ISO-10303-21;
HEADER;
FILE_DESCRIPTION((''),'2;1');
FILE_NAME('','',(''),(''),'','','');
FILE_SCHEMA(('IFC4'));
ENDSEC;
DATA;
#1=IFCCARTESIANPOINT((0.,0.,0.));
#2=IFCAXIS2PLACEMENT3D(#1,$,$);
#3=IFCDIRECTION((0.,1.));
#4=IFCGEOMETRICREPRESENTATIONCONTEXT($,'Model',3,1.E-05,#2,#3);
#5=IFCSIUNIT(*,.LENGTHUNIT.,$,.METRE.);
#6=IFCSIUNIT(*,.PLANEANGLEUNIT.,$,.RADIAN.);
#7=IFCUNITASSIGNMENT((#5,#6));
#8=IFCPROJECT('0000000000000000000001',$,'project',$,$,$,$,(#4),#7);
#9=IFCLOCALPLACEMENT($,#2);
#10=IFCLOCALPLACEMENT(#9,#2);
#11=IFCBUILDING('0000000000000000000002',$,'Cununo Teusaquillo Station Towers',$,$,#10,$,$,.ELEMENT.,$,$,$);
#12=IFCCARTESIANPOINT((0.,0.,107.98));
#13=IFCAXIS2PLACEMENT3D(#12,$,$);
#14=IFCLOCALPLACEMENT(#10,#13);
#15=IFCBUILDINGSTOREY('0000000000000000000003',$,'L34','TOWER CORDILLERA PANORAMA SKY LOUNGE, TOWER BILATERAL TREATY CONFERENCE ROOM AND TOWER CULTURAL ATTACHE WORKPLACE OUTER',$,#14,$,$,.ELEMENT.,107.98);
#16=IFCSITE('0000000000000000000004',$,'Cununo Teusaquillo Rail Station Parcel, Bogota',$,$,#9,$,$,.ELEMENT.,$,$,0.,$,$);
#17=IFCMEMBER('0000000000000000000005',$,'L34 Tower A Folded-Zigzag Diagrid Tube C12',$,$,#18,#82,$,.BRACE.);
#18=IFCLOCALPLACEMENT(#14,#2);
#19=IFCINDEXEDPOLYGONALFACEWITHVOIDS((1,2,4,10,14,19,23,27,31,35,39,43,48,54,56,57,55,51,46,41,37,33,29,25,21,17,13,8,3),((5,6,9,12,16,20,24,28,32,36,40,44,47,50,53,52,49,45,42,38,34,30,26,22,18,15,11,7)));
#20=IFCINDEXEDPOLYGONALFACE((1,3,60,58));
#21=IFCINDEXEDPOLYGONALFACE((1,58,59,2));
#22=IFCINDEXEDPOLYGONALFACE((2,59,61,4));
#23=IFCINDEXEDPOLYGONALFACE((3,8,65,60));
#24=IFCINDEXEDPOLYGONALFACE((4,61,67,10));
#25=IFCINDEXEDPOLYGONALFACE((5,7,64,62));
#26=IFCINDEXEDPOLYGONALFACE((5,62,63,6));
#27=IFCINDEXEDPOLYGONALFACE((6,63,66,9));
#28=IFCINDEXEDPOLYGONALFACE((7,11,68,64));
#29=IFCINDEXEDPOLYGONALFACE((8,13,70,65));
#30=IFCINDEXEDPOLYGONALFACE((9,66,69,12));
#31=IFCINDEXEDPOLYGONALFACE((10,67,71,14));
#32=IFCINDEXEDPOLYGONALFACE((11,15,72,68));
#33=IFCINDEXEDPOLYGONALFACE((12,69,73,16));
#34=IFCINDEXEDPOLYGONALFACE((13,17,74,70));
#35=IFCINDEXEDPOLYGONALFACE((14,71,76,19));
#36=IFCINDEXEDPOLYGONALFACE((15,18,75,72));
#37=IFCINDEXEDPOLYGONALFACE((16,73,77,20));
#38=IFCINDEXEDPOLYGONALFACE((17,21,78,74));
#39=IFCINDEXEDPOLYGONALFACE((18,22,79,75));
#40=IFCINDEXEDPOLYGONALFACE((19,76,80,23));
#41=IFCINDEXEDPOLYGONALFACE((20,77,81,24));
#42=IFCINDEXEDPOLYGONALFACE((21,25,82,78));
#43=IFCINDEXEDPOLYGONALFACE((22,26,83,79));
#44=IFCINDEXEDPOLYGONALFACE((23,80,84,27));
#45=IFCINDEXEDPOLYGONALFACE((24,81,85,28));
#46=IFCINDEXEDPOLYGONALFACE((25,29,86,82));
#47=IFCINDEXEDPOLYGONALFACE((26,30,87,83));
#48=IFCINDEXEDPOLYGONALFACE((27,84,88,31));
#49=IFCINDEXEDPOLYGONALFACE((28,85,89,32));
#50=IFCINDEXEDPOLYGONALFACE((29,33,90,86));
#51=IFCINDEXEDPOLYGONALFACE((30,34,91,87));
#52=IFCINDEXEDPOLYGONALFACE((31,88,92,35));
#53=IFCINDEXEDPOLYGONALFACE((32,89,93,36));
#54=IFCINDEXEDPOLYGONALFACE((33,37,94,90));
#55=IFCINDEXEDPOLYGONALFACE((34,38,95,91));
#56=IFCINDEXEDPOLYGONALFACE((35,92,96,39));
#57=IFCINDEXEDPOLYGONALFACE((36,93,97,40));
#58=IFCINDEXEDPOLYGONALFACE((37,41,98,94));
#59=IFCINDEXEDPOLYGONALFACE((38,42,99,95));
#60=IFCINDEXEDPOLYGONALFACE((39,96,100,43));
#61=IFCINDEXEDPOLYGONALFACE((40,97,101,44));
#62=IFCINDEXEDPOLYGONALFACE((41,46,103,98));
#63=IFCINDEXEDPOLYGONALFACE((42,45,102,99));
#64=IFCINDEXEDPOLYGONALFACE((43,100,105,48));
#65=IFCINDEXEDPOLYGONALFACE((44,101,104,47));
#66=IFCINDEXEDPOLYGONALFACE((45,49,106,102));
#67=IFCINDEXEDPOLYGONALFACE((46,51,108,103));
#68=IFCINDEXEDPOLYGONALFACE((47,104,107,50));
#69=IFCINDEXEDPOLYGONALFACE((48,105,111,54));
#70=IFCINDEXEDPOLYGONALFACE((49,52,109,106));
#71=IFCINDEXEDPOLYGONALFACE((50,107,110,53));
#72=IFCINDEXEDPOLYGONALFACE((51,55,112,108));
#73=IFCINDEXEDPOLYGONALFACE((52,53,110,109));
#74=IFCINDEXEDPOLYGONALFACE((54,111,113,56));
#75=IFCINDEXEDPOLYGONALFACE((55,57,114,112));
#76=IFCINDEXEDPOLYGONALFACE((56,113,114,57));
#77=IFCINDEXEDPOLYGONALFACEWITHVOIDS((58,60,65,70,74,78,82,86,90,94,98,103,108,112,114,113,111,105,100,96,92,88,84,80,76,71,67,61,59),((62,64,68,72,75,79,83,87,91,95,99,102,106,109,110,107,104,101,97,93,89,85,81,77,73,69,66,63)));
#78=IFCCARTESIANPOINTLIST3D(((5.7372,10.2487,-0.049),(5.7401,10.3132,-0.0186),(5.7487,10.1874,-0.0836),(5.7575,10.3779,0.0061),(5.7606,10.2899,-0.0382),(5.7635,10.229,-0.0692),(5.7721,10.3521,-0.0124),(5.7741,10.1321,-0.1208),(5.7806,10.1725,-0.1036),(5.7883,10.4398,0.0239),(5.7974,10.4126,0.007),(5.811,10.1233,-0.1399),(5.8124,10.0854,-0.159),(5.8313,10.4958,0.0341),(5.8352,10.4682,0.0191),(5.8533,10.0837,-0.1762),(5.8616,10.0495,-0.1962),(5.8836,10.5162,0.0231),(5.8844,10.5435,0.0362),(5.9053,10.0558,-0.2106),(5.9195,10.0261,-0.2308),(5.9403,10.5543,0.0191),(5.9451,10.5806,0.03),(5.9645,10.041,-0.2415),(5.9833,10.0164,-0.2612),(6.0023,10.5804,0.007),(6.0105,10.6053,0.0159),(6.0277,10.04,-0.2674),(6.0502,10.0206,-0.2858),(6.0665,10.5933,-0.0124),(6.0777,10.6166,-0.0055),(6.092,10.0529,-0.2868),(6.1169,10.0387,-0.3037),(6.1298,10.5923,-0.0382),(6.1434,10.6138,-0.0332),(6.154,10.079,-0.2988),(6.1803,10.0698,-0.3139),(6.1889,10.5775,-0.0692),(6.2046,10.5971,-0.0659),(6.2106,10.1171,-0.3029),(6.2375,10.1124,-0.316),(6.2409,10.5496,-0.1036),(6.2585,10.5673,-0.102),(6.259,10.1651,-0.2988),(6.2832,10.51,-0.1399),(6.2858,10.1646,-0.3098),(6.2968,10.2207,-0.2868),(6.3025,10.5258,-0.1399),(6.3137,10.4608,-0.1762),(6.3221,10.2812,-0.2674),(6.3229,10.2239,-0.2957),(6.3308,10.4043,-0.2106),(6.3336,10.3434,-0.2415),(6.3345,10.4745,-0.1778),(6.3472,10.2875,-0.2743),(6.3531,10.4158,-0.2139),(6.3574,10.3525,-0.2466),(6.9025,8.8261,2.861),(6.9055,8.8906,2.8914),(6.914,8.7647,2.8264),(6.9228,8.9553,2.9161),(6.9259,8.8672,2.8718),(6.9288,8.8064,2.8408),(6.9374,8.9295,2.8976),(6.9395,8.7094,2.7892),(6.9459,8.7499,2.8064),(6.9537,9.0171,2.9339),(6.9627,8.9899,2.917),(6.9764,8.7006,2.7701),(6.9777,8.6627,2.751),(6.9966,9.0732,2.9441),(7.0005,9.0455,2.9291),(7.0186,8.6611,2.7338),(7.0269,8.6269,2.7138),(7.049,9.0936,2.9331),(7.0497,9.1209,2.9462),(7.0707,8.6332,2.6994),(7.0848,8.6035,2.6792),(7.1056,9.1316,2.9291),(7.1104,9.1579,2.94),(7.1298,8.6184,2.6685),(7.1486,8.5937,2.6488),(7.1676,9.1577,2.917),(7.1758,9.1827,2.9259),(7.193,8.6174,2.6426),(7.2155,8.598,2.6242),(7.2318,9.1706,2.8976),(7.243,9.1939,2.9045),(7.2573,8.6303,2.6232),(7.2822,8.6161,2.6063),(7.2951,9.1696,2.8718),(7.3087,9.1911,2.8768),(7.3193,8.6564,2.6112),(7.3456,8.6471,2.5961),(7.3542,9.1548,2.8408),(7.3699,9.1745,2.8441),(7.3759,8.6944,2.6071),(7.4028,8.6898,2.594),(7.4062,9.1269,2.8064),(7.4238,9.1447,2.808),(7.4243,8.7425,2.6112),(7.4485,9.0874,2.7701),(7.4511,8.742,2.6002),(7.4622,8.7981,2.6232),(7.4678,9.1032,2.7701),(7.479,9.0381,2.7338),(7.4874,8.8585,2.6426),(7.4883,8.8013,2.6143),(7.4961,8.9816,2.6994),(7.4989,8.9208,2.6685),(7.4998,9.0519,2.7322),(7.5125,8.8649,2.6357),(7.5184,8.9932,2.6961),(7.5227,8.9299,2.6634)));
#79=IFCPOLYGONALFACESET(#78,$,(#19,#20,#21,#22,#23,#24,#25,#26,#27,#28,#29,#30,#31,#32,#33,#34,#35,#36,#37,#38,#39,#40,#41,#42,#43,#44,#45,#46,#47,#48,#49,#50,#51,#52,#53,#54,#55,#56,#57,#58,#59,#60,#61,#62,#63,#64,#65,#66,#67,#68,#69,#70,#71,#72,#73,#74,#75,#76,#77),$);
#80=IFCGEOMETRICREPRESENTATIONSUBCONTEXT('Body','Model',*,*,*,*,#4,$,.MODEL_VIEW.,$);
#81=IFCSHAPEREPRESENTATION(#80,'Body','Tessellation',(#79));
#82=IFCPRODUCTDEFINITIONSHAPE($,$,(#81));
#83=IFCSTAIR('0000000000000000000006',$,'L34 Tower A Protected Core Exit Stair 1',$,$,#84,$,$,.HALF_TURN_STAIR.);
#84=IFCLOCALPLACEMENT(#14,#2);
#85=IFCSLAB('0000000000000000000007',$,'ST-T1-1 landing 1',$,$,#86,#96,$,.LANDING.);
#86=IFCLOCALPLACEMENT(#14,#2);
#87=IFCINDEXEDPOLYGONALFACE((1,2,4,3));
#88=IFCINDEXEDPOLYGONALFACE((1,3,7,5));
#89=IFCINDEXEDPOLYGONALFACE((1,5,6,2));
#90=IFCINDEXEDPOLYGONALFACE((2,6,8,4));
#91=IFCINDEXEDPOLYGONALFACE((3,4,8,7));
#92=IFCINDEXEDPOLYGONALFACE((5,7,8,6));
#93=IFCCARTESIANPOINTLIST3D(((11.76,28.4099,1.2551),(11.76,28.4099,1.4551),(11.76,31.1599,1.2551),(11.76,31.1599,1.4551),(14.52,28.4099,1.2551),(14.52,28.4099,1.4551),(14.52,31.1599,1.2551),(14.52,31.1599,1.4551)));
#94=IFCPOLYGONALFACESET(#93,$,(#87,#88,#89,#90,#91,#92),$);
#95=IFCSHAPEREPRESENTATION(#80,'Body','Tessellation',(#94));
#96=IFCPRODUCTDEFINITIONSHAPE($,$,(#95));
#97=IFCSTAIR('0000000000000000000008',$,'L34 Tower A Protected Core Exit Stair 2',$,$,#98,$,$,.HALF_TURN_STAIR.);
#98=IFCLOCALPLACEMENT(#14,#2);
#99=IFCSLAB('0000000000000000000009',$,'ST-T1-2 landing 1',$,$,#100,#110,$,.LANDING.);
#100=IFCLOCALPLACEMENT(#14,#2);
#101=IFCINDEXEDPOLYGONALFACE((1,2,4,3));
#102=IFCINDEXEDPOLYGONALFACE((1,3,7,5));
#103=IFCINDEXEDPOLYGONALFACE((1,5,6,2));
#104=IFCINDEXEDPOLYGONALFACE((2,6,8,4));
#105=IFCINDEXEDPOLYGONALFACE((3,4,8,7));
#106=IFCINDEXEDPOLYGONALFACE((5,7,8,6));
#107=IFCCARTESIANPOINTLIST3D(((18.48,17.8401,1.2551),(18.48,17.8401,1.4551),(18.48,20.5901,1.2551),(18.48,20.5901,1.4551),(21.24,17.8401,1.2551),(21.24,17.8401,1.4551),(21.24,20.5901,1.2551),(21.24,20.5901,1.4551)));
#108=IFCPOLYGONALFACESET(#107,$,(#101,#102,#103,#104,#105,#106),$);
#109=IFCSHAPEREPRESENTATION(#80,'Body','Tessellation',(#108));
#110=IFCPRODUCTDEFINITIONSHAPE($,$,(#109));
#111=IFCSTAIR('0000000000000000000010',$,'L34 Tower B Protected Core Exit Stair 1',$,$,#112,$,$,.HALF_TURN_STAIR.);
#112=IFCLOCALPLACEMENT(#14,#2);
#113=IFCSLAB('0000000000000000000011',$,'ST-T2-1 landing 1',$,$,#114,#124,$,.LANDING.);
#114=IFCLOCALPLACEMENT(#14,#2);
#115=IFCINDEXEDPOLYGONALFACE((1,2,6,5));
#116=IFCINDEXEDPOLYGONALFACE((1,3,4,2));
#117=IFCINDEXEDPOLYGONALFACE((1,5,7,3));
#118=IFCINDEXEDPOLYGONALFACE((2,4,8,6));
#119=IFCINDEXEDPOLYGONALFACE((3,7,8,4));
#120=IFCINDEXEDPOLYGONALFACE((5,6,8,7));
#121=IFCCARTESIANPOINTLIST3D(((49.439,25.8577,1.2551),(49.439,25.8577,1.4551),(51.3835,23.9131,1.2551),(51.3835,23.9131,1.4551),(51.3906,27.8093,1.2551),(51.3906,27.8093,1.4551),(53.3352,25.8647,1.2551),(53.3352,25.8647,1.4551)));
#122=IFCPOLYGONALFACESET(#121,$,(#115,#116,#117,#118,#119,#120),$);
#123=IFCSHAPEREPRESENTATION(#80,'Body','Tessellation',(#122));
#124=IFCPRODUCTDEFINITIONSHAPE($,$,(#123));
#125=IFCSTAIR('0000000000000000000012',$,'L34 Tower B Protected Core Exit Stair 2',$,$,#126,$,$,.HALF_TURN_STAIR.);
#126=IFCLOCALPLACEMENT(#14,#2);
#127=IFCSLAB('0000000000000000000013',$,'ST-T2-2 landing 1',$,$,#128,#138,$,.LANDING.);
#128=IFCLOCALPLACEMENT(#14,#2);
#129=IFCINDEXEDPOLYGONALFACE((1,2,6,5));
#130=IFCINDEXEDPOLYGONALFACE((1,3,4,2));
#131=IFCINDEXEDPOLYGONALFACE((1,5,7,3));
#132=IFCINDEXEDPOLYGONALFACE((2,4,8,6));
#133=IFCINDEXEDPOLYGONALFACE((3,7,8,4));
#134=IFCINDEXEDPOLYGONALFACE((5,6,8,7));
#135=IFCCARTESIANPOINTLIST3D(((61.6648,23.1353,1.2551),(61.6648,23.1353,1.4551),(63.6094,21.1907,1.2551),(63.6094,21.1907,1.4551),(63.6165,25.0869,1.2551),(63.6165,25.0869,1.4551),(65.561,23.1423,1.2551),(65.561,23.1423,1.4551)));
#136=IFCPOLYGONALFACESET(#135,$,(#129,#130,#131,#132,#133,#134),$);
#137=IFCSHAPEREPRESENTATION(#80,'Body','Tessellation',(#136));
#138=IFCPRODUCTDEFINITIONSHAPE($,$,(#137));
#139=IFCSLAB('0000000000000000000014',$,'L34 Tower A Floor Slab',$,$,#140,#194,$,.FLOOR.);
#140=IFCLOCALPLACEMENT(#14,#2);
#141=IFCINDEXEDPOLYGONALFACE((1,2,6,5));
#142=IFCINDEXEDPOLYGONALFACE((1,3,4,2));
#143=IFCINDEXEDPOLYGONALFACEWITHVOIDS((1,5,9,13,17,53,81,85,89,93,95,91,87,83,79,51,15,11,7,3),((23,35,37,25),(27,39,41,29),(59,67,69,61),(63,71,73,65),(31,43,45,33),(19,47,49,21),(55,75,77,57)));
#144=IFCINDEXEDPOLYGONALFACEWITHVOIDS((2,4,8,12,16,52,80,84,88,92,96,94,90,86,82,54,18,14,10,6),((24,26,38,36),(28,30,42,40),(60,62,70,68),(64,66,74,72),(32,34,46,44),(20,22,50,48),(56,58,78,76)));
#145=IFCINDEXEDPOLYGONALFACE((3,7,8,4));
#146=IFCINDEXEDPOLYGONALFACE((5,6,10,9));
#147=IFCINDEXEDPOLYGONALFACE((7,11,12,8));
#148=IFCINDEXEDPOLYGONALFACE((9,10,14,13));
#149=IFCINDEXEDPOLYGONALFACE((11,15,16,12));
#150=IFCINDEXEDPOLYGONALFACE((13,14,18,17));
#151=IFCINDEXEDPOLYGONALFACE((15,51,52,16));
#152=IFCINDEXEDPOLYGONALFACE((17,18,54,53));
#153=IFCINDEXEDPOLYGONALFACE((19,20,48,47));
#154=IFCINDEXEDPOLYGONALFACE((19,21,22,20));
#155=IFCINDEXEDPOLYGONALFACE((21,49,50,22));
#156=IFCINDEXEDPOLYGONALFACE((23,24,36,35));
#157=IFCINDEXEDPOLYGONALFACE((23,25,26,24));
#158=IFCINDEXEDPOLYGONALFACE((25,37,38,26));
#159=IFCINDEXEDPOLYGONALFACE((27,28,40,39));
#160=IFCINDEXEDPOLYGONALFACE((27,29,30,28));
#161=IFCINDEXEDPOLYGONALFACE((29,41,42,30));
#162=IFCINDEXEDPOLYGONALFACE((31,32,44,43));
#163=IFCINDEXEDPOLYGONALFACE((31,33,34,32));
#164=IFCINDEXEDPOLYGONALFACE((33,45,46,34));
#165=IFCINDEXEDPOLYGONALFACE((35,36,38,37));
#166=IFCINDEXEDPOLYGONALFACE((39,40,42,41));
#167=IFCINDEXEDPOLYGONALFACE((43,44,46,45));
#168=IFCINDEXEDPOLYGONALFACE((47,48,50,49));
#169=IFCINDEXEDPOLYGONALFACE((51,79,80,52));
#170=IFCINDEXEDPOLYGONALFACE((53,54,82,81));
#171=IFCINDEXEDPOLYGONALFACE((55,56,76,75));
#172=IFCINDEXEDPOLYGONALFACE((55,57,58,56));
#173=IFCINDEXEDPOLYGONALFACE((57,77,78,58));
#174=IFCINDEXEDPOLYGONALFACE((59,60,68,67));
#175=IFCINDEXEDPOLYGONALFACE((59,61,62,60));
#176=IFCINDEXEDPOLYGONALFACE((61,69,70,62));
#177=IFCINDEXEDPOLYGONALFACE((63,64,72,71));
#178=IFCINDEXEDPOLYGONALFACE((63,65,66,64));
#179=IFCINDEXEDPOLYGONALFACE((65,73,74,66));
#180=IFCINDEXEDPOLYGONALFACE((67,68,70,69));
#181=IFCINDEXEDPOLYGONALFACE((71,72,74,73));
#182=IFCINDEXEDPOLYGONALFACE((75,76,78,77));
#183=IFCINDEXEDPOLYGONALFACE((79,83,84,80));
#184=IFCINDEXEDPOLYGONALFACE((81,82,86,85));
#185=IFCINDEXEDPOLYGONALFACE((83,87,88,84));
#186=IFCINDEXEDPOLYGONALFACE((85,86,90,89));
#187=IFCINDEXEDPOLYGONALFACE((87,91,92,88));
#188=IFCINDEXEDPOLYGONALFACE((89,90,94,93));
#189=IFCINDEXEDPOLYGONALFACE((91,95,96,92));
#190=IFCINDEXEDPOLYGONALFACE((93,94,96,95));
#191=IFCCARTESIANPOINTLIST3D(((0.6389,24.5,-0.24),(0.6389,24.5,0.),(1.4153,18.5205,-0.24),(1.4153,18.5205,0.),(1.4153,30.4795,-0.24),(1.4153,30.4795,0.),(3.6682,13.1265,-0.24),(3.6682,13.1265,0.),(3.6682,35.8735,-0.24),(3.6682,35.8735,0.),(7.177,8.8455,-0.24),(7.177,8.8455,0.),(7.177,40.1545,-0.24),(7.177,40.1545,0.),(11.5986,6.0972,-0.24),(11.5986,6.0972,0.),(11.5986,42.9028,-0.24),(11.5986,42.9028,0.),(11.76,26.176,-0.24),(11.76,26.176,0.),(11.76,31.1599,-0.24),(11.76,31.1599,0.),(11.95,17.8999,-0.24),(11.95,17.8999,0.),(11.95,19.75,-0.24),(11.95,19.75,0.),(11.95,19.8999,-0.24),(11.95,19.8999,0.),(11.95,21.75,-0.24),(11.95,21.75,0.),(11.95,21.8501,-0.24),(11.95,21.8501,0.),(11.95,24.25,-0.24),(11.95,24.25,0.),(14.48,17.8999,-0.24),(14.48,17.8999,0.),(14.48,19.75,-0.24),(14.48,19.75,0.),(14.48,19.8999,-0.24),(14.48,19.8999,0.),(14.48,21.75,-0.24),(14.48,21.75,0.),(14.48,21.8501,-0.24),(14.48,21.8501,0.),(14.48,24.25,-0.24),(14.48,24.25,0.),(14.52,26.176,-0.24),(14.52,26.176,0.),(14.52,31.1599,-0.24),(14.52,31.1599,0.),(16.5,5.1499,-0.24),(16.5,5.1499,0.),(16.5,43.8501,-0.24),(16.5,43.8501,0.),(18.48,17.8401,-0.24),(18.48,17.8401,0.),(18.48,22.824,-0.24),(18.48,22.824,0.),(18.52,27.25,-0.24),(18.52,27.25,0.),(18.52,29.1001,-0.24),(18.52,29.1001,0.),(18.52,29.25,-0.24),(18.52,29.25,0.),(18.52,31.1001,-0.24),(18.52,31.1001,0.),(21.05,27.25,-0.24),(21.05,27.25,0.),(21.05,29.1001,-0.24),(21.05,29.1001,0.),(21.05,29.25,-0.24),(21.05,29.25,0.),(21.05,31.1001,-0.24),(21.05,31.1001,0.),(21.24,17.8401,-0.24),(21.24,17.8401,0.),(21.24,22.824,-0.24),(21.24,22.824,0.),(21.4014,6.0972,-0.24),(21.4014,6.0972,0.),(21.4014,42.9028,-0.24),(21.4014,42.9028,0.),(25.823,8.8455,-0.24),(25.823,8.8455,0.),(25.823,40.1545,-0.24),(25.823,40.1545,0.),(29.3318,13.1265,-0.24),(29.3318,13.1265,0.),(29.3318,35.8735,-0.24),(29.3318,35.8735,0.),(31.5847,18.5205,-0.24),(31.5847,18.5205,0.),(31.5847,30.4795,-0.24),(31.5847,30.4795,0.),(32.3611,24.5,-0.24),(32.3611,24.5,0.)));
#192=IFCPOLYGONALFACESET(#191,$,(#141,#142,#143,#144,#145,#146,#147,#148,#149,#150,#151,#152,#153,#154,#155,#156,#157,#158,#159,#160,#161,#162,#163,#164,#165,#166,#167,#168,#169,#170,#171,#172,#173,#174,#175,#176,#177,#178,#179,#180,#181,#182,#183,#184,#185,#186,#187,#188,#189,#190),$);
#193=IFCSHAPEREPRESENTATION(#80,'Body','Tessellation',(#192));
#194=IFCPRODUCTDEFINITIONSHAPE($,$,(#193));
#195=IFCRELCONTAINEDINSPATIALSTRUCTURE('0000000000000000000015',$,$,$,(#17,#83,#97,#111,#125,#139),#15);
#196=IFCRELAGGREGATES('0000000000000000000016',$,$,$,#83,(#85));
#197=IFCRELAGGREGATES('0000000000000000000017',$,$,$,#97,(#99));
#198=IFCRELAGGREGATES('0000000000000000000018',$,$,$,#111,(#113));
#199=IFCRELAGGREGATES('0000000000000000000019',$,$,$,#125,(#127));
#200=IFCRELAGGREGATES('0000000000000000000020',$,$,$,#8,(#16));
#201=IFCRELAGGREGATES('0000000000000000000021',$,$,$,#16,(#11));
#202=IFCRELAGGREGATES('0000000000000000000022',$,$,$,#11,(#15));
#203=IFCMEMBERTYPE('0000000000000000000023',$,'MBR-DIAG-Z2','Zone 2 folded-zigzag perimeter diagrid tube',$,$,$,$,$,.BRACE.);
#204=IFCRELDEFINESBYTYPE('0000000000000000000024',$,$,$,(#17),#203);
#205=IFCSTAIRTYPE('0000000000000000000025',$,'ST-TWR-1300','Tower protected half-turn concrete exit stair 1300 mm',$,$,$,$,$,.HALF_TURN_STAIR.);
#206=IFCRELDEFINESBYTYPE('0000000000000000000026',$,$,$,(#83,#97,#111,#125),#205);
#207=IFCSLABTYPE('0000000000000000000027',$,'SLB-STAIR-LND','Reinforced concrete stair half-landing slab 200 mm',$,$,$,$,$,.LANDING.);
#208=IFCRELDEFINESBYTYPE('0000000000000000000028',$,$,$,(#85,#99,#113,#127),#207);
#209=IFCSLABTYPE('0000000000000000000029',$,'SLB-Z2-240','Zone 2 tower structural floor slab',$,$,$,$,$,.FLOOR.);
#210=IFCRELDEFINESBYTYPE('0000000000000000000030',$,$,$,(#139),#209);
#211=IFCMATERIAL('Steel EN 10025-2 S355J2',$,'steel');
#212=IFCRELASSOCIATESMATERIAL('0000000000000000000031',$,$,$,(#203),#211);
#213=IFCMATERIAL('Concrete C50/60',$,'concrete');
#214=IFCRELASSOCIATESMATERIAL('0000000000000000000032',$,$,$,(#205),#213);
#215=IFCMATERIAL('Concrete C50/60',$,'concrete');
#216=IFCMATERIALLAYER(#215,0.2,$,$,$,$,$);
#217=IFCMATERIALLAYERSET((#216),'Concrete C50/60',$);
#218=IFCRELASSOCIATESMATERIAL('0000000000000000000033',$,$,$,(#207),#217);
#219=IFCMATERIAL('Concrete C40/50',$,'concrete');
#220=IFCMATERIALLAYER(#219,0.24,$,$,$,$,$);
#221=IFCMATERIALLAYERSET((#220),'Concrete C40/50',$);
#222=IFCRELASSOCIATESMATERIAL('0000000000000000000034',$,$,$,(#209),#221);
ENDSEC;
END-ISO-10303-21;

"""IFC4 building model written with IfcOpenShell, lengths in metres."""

from ifc_helpers import new_model, si_unit, direction, frame, origin, origin_2d, place, context, subcontext, project, spatial, polyline, hollow_circle, outline, extrude, material, layer, layer_set, material_profile, profile_set, type_object, element, aggregate, save


model = new_model("IFC4")

# Units and contexts
model_context = context("Model", 3, precision=1e-05, world=origin(), true_north=direction((0.0, 1.0)))
body_context = subcontext(model_context, "Body", "Model", "MODEL_VIEW")
ifc_project = project(units=[si_unit("LENGTHUNIT", "METRE"), si_unit("PLANEANGLEUNIT", "RADIAN")], contexts=[model_context])

# Site, building, storey
site_placement = place(None, origin())
site = spatial("IfcSite", under=ifc_project, at=site_placement, Name="Cununo Teusaquillo Rail Station Parcel, Bogota", CompositionType="ELEMENT", RefElevation=0.0)
building_placement = place(site_placement, origin())
building = spatial("IfcBuilding", under=site, at=building_placement, Name="Cununo Teusaquillo Station Towers", CompositionType="ELEMENT")
storey_placement = place(building_placement, frame((0.0, 0.0, 107.98)))
storey = spatial("IfcBuildingStorey", under=building, at=storey_placement, Name="L34", Description="TOWER CORDILLERA PANORAMA SKY LOUNGE, TOWER BILATERAL TREATY CONFERENCE ROOM AND TOWER CULTURAL ATTACHE WORKPLACE OUTER", CompositionType="ELEMENT", Elevation=107.98)

# Member
ifc_material_1 = material(Name="Steel EN 10025-2 S355J2", Category="steel")
ifc_material_profile_1 = material_profile(ifc_material_1, hollow_circle(Radius=0.3301, WallThickness=0.0249, at=origin_2d()), Name="CHS 660x25")
ifc_profile_set_1 = profile_set([ifc_material_profile_1], Name="Steel EN 10025-2 S355J2")
member_type = type_object("IfcMemberType", Name="MBR-DIAG-Z2", Description="Zone 2 folded-zigzag perimeter diagrid tube", PredefinedType="BRACE", material=ifc_profile_set_1)
member_placement = place(storey_placement, frame((6.0471, 10.3167, -0.1399), z_axis=(0.338521, -0.413275, 0.845345), x_axis=(0.773602, 0.633671, 0.0)))
element("IfcMember", 1, at=member_placement, inside=storey, type_object=member_type, Name="L34 Tower A Folded-Zigzag Diagrid Tube C12", PredefinedType="BRACE", context=body_context, shape_type="SweptSolid", body=[
    extrude(hollow_circle(Radius=0.3301, WallThickness=0.0249, at=origin_2d()), origin(), (0.0, 0.0, 1.0), 3.4424),
])

# Stairs, slabs
ifc_material_2 = material(Name="Concrete C50/60", Category="concrete")
stair_type = type_object("IfcStairType", Name="ST-TWR-1300", Description="Tower protected half-turn concrete exit stair 1300 mm", PredefinedType="HALF_TURN_STAIR", material=ifc_material_2)
stair_1_placement = place(storey_placement, origin())
stair_1 = element("IfcStair", 2, at=stair_1_placement, inside=storey, type_object=stair_type, Name="L34 Tower A Protected Core Exit Stair 1", PredefinedType="HALF_TURN_STAIR")
ifc_material_3 = material(Name="Concrete C50/60", Category="concrete")
ifc_layer_1 = layer(ifc_material_3, 0.2)
ifc_layer_set_1 = layer_set([ifc_layer_1], Name="Concrete C50/60")
slab_type_1 = type_object("IfcSlabType", Name="SLB-STAIR-LND", Description="Reinforced concrete stair half-landing slab 200 mm", PredefinedType="LANDING", material=ifc_layer_set_1)
slab_1_placement = place(storey_placement, frame((0.0, 0.0, 1.2551)))
slab_1 = element("IfcSlab", 3, at=slab_1_placement, type_object=slab_type_1, Name="ST-T1-1 landing 1", PredefinedType="LANDING", context=body_context, shape_type="SweptSolid", body=[
    extrude(outline(polyline([(14.52, 28.4099), (14.52, 31.1599), (11.76, 31.1599), (11.76, 28.4099), (14.52, 28.4099)])), origin(), (0.0, 0.0, 1.0), 0.2),
])
aggregate(stair_1, [slab_1])
stair_2_placement = place(storey_placement, origin())
stair_2 = element("IfcStair", 4, at=stair_2_placement, inside=storey, type_object=stair_type, Name="L34 Tower A Protected Core Exit Stair 2", PredefinedType="HALF_TURN_STAIR")
slab_2_placement = place(storey_placement, frame((0.0, 0.0, 1.2551)))
slab_2 = element("IfcSlab", 5, at=slab_2_placement, type_object=slab_type_1, Name="ST-T1-2 landing 1", PredefinedType="LANDING", context=body_context, shape_type="SweptSolid", body=[
    extrude(outline(polyline([(18.48, 20.5901), (18.48, 17.8401), (21.24, 17.8401), (21.24, 20.5901), (18.48, 20.5901)])), origin(), (0.0, 0.0, 1.0), 0.2),
])
aggregate(stair_2, [slab_2])
stair_3_placement = place(storey_placement, origin())
stair_3 = element("IfcStair", 6, at=stair_3_placement, inside=storey, type_object=stair_type, Name="L34 Tower B Protected Core Exit Stair 1", PredefinedType="HALF_TURN_STAIR")
slab_3_placement = place(storey_placement, frame((0.0, 0.0, 1.2551)))
slab_3 = element("IfcSlab", 7, at=slab_3_placement, type_object=slab_type_1, Name="ST-T2-1 landing 1", PredefinedType="LANDING", context=body_context, shape_type="SweptSolid", body=[
    extrude(outline(polyline([(53.3352, 25.8647), (51.3906, 27.8093), (49.439, 25.8577), (51.3835, 23.9131), (53.3352, 25.8647)])), origin(), (0.0, 0.0, 1.0), 0.2),
])
aggregate(stair_3, [slab_3])
stair_4_placement = place(storey_placement, origin())
stair_4 = element("IfcStair", 8, at=stair_4_placement, inside=storey, type_object=stair_type, Name="L34 Tower B Protected Core Exit Stair 2", PredefinedType="HALF_TURN_STAIR")
slab_4_placement = place(storey_placement, frame((0.0, 0.0, 1.2551)))
slab_4 = element("IfcSlab", 9, at=slab_4_placement, type_object=slab_type_1, Name="ST-T2-2 landing 1", PredefinedType="LANDING", context=body_context, shape_type="SweptSolid", body=[
    extrude(outline(polyline([(61.6648, 23.1353), (63.6094, 21.1907), (65.561, 23.1423), (63.6165, 25.0869), (61.6648, 23.1353)])), origin(), (0.0, 0.0, 1.0), 0.2),
])
aggregate(stair_4, [slab_4])

# Slab
ifc_material_4 = material(Name="Concrete C40/50", Category="concrete")
ifc_layer_2 = layer(ifc_material_4, 0.24)
ifc_layer_set_2 = layer_set([ifc_layer_2], Name="Concrete C40/50")
slab_type_2 = type_object("IfcSlabType", Name="SLB-Z2-240", Description="Zone 2 tower structural floor slab", PredefinedType="FLOOR", material=ifc_layer_set_2)
slab_5_placement = place(storey_placement, frame((0.0, 0.0, -0.24)))
element("IfcSlab", 10, at=slab_5_placement, inside=storey, type_object=slab_type_2, Name="L34 Tower A Floor Slab", PredefinedType="FLOOR", context=body_context, shape_type="SweptSolid", body=[
    extrude(outline(polyline([(32.3611, 24.5), (31.5847, 30.4795), (29.3318, 35.8735), (25.823, 40.1545), (21.4014, 42.9028), (16.5, 43.8501), (11.5986, 42.9028), (7.177, 40.1545), (3.6682, 35.8735), (1.4153, 30.4795), (0.6389, 24.5), (1.4153, 18.5205), (3.6682, 13.1265), (7.177, 8.8455), (11.5986, 6.0972), (16.5, 5.1499), (21.4014, 6.0972), (25.823, 8.8455), (29.3318, 13.1265), (31.5847, 18.5205), (32.3611, 24.5)]), holes=[polyline([(14.52, 26.176), (14.52, 31.1599), (11.76, 31.1599), (11.76, 26.176), (14.52, 26.176)]), polyline([(18.48, 22.824), (18.48, 17.8401), (21.24, 17.8401), (21.24, 22.824), (18.48, 22.824)]), polyline([(11.95, 21.8501), (14.48, 21.8501), (14.48, 24.25), (11.95, 24.25), (11.95, 21.8501)]), polyline([(11.95, 17.8999), (14.48, 17.8999), (14.48, 19.75), (11.95, 19.75), (11.95, 17.8999)]), polyline([(11.95, 19.8999), (14.48, 19.8999), (14.48, 21.75), (11.95, 21.75), (11.95, 19.8999)]), polyline([(18.52, 27.25), (21.05, 27.25), (21.05, 29.1001), (18.52, 29.1001), (18.52, 27.25)]), polyline([(18.52, 29.25), (21.05, 29.25), (21.05, 31.1001), (18.52, 31.1001), (18.52, 29.25)])]), origin(), (0.0, 0.0, 1.0), 0.24),
])

save(model, "model.ifc")
